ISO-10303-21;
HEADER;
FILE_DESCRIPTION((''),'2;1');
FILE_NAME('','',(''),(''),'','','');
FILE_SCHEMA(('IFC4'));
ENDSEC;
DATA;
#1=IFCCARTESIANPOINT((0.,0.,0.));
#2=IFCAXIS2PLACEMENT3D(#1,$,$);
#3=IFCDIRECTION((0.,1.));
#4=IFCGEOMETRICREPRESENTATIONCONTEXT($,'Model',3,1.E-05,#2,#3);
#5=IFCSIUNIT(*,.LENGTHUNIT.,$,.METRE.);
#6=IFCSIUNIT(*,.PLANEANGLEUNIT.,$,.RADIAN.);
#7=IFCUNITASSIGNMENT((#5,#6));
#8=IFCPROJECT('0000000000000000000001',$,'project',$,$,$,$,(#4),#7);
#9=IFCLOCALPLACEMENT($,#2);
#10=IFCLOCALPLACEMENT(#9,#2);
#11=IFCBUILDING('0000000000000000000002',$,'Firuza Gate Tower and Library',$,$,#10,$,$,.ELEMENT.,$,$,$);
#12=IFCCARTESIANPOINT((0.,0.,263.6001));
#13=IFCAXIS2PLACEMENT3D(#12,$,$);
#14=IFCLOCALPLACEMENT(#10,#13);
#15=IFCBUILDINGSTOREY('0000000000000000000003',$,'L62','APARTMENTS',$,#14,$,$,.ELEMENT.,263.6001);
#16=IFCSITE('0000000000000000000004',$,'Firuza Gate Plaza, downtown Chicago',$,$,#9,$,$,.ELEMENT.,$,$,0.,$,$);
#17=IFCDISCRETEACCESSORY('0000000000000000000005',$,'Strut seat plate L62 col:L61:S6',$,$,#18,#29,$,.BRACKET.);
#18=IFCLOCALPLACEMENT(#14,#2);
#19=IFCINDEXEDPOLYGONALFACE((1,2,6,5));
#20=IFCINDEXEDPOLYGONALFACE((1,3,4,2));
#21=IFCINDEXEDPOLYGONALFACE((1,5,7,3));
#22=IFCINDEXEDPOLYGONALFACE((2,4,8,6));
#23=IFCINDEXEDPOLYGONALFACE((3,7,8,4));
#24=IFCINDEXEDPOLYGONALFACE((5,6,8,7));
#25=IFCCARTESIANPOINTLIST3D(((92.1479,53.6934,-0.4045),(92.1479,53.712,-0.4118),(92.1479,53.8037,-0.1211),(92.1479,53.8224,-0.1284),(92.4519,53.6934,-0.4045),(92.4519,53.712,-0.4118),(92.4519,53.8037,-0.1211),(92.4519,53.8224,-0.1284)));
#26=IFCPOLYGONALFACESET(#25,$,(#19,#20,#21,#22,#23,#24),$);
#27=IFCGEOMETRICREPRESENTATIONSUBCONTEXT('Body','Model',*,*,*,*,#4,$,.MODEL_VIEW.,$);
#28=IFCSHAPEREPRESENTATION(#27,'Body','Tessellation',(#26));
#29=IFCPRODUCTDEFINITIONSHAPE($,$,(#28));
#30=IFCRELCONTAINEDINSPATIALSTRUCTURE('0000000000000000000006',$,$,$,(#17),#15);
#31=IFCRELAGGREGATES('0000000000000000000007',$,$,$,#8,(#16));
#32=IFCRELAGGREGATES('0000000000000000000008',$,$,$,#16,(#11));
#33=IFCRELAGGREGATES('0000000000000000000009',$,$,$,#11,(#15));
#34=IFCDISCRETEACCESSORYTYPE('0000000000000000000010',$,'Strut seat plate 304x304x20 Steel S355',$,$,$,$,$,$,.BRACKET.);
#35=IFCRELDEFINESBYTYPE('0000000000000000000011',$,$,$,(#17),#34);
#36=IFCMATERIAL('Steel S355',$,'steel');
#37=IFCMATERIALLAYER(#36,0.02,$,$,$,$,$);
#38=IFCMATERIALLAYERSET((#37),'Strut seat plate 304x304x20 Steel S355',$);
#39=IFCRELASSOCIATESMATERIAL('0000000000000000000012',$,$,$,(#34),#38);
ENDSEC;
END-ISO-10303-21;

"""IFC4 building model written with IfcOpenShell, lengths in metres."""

from ifc_helpers import new_model, si_unit, direction, frame, origin, place, context, subcontext, project, spatial, polyline, outline, extrude, material, layer, layer_set, type_object, element, save


model = new_model("IFC4")

# Units and contexts
model_context = context("Model", 3, precision=1e-05, world=origin(), true_north=direction((0.0, 1.0)))
body_context = subcontext(model_context, "Body", "Model", "MODEL_VIEW")
ifc_project = project(units=[si_unit("LENGTHUNIT", "METRE"), si_unit("PLANEANGLEUNIT", "RADIAN")], contexts=[model_context])

# Site, building, storey
site_placement = place(None, origin())
site = spatial("IfcSite", under=ifc_project, at=site_placement, Name="Firuza Gate Plaza, downtown Chicago", CompositionType="ELEMENT", RefElevation=0.0)
building_placement = place(site_placement, origin())
building = spatial("IfcBuilding", under=site, at=building_placement, Name="Firuza Gate Tower and Library", CompositionType="ELEMENT")
storey_placement = place(building_placement, frame((0.0, 0.0, 263.6001)))
storey = spatial("IfcBuildingStorey", under=building, at=storey_placement, Name="L62", Description="APARTMENTS", CompositionType="ELEMENT", Elevation=263.6001)

# Discrete accessory
ifc_material_1 = material(Name="Steel S355", Category="steel")
ifc_layer_1 = layer(ifc_material_1, 0.02)
ifc_layer_set_1 = layer_set([ifc_layer_1], Name="Strut seat plate 304x304x20 Steel S355")
discrete_accessory_type = type_object("IfcDiscreteAccessoryType", Name="Strut seat plate 304x304x20 Steel S355", PredefinedType="BRACKET", material=ifc_layer_set_1)
discrete_accessory_1_placement = place(storey_placement, frame((92.1479, 53.8037, -0.1211), z_axis=(0.0, -0.931869, 0.362795), x_axis=(1.0, 0.0, 0.0)))
element("IfcDiscreteAccessory", 1, at=discrete_accessory_1_placement, inside=storey, type_object=discrete_accessory_type, Name="Strut seat plate L62 col:L61:S6", PredefinedType="BRACKET", context=body_context, shape_type="SweptSolid", body=[
    extrude(outline(polyline([(0.0, 0.0), (0.304, 0.0), (0.304, -0.3042), (0.0, -0.3042), (0.0, 0.0)])), origin(), (0.0, 0.0, -1.0), 0.02),
])

save(model, "model.ifc")
